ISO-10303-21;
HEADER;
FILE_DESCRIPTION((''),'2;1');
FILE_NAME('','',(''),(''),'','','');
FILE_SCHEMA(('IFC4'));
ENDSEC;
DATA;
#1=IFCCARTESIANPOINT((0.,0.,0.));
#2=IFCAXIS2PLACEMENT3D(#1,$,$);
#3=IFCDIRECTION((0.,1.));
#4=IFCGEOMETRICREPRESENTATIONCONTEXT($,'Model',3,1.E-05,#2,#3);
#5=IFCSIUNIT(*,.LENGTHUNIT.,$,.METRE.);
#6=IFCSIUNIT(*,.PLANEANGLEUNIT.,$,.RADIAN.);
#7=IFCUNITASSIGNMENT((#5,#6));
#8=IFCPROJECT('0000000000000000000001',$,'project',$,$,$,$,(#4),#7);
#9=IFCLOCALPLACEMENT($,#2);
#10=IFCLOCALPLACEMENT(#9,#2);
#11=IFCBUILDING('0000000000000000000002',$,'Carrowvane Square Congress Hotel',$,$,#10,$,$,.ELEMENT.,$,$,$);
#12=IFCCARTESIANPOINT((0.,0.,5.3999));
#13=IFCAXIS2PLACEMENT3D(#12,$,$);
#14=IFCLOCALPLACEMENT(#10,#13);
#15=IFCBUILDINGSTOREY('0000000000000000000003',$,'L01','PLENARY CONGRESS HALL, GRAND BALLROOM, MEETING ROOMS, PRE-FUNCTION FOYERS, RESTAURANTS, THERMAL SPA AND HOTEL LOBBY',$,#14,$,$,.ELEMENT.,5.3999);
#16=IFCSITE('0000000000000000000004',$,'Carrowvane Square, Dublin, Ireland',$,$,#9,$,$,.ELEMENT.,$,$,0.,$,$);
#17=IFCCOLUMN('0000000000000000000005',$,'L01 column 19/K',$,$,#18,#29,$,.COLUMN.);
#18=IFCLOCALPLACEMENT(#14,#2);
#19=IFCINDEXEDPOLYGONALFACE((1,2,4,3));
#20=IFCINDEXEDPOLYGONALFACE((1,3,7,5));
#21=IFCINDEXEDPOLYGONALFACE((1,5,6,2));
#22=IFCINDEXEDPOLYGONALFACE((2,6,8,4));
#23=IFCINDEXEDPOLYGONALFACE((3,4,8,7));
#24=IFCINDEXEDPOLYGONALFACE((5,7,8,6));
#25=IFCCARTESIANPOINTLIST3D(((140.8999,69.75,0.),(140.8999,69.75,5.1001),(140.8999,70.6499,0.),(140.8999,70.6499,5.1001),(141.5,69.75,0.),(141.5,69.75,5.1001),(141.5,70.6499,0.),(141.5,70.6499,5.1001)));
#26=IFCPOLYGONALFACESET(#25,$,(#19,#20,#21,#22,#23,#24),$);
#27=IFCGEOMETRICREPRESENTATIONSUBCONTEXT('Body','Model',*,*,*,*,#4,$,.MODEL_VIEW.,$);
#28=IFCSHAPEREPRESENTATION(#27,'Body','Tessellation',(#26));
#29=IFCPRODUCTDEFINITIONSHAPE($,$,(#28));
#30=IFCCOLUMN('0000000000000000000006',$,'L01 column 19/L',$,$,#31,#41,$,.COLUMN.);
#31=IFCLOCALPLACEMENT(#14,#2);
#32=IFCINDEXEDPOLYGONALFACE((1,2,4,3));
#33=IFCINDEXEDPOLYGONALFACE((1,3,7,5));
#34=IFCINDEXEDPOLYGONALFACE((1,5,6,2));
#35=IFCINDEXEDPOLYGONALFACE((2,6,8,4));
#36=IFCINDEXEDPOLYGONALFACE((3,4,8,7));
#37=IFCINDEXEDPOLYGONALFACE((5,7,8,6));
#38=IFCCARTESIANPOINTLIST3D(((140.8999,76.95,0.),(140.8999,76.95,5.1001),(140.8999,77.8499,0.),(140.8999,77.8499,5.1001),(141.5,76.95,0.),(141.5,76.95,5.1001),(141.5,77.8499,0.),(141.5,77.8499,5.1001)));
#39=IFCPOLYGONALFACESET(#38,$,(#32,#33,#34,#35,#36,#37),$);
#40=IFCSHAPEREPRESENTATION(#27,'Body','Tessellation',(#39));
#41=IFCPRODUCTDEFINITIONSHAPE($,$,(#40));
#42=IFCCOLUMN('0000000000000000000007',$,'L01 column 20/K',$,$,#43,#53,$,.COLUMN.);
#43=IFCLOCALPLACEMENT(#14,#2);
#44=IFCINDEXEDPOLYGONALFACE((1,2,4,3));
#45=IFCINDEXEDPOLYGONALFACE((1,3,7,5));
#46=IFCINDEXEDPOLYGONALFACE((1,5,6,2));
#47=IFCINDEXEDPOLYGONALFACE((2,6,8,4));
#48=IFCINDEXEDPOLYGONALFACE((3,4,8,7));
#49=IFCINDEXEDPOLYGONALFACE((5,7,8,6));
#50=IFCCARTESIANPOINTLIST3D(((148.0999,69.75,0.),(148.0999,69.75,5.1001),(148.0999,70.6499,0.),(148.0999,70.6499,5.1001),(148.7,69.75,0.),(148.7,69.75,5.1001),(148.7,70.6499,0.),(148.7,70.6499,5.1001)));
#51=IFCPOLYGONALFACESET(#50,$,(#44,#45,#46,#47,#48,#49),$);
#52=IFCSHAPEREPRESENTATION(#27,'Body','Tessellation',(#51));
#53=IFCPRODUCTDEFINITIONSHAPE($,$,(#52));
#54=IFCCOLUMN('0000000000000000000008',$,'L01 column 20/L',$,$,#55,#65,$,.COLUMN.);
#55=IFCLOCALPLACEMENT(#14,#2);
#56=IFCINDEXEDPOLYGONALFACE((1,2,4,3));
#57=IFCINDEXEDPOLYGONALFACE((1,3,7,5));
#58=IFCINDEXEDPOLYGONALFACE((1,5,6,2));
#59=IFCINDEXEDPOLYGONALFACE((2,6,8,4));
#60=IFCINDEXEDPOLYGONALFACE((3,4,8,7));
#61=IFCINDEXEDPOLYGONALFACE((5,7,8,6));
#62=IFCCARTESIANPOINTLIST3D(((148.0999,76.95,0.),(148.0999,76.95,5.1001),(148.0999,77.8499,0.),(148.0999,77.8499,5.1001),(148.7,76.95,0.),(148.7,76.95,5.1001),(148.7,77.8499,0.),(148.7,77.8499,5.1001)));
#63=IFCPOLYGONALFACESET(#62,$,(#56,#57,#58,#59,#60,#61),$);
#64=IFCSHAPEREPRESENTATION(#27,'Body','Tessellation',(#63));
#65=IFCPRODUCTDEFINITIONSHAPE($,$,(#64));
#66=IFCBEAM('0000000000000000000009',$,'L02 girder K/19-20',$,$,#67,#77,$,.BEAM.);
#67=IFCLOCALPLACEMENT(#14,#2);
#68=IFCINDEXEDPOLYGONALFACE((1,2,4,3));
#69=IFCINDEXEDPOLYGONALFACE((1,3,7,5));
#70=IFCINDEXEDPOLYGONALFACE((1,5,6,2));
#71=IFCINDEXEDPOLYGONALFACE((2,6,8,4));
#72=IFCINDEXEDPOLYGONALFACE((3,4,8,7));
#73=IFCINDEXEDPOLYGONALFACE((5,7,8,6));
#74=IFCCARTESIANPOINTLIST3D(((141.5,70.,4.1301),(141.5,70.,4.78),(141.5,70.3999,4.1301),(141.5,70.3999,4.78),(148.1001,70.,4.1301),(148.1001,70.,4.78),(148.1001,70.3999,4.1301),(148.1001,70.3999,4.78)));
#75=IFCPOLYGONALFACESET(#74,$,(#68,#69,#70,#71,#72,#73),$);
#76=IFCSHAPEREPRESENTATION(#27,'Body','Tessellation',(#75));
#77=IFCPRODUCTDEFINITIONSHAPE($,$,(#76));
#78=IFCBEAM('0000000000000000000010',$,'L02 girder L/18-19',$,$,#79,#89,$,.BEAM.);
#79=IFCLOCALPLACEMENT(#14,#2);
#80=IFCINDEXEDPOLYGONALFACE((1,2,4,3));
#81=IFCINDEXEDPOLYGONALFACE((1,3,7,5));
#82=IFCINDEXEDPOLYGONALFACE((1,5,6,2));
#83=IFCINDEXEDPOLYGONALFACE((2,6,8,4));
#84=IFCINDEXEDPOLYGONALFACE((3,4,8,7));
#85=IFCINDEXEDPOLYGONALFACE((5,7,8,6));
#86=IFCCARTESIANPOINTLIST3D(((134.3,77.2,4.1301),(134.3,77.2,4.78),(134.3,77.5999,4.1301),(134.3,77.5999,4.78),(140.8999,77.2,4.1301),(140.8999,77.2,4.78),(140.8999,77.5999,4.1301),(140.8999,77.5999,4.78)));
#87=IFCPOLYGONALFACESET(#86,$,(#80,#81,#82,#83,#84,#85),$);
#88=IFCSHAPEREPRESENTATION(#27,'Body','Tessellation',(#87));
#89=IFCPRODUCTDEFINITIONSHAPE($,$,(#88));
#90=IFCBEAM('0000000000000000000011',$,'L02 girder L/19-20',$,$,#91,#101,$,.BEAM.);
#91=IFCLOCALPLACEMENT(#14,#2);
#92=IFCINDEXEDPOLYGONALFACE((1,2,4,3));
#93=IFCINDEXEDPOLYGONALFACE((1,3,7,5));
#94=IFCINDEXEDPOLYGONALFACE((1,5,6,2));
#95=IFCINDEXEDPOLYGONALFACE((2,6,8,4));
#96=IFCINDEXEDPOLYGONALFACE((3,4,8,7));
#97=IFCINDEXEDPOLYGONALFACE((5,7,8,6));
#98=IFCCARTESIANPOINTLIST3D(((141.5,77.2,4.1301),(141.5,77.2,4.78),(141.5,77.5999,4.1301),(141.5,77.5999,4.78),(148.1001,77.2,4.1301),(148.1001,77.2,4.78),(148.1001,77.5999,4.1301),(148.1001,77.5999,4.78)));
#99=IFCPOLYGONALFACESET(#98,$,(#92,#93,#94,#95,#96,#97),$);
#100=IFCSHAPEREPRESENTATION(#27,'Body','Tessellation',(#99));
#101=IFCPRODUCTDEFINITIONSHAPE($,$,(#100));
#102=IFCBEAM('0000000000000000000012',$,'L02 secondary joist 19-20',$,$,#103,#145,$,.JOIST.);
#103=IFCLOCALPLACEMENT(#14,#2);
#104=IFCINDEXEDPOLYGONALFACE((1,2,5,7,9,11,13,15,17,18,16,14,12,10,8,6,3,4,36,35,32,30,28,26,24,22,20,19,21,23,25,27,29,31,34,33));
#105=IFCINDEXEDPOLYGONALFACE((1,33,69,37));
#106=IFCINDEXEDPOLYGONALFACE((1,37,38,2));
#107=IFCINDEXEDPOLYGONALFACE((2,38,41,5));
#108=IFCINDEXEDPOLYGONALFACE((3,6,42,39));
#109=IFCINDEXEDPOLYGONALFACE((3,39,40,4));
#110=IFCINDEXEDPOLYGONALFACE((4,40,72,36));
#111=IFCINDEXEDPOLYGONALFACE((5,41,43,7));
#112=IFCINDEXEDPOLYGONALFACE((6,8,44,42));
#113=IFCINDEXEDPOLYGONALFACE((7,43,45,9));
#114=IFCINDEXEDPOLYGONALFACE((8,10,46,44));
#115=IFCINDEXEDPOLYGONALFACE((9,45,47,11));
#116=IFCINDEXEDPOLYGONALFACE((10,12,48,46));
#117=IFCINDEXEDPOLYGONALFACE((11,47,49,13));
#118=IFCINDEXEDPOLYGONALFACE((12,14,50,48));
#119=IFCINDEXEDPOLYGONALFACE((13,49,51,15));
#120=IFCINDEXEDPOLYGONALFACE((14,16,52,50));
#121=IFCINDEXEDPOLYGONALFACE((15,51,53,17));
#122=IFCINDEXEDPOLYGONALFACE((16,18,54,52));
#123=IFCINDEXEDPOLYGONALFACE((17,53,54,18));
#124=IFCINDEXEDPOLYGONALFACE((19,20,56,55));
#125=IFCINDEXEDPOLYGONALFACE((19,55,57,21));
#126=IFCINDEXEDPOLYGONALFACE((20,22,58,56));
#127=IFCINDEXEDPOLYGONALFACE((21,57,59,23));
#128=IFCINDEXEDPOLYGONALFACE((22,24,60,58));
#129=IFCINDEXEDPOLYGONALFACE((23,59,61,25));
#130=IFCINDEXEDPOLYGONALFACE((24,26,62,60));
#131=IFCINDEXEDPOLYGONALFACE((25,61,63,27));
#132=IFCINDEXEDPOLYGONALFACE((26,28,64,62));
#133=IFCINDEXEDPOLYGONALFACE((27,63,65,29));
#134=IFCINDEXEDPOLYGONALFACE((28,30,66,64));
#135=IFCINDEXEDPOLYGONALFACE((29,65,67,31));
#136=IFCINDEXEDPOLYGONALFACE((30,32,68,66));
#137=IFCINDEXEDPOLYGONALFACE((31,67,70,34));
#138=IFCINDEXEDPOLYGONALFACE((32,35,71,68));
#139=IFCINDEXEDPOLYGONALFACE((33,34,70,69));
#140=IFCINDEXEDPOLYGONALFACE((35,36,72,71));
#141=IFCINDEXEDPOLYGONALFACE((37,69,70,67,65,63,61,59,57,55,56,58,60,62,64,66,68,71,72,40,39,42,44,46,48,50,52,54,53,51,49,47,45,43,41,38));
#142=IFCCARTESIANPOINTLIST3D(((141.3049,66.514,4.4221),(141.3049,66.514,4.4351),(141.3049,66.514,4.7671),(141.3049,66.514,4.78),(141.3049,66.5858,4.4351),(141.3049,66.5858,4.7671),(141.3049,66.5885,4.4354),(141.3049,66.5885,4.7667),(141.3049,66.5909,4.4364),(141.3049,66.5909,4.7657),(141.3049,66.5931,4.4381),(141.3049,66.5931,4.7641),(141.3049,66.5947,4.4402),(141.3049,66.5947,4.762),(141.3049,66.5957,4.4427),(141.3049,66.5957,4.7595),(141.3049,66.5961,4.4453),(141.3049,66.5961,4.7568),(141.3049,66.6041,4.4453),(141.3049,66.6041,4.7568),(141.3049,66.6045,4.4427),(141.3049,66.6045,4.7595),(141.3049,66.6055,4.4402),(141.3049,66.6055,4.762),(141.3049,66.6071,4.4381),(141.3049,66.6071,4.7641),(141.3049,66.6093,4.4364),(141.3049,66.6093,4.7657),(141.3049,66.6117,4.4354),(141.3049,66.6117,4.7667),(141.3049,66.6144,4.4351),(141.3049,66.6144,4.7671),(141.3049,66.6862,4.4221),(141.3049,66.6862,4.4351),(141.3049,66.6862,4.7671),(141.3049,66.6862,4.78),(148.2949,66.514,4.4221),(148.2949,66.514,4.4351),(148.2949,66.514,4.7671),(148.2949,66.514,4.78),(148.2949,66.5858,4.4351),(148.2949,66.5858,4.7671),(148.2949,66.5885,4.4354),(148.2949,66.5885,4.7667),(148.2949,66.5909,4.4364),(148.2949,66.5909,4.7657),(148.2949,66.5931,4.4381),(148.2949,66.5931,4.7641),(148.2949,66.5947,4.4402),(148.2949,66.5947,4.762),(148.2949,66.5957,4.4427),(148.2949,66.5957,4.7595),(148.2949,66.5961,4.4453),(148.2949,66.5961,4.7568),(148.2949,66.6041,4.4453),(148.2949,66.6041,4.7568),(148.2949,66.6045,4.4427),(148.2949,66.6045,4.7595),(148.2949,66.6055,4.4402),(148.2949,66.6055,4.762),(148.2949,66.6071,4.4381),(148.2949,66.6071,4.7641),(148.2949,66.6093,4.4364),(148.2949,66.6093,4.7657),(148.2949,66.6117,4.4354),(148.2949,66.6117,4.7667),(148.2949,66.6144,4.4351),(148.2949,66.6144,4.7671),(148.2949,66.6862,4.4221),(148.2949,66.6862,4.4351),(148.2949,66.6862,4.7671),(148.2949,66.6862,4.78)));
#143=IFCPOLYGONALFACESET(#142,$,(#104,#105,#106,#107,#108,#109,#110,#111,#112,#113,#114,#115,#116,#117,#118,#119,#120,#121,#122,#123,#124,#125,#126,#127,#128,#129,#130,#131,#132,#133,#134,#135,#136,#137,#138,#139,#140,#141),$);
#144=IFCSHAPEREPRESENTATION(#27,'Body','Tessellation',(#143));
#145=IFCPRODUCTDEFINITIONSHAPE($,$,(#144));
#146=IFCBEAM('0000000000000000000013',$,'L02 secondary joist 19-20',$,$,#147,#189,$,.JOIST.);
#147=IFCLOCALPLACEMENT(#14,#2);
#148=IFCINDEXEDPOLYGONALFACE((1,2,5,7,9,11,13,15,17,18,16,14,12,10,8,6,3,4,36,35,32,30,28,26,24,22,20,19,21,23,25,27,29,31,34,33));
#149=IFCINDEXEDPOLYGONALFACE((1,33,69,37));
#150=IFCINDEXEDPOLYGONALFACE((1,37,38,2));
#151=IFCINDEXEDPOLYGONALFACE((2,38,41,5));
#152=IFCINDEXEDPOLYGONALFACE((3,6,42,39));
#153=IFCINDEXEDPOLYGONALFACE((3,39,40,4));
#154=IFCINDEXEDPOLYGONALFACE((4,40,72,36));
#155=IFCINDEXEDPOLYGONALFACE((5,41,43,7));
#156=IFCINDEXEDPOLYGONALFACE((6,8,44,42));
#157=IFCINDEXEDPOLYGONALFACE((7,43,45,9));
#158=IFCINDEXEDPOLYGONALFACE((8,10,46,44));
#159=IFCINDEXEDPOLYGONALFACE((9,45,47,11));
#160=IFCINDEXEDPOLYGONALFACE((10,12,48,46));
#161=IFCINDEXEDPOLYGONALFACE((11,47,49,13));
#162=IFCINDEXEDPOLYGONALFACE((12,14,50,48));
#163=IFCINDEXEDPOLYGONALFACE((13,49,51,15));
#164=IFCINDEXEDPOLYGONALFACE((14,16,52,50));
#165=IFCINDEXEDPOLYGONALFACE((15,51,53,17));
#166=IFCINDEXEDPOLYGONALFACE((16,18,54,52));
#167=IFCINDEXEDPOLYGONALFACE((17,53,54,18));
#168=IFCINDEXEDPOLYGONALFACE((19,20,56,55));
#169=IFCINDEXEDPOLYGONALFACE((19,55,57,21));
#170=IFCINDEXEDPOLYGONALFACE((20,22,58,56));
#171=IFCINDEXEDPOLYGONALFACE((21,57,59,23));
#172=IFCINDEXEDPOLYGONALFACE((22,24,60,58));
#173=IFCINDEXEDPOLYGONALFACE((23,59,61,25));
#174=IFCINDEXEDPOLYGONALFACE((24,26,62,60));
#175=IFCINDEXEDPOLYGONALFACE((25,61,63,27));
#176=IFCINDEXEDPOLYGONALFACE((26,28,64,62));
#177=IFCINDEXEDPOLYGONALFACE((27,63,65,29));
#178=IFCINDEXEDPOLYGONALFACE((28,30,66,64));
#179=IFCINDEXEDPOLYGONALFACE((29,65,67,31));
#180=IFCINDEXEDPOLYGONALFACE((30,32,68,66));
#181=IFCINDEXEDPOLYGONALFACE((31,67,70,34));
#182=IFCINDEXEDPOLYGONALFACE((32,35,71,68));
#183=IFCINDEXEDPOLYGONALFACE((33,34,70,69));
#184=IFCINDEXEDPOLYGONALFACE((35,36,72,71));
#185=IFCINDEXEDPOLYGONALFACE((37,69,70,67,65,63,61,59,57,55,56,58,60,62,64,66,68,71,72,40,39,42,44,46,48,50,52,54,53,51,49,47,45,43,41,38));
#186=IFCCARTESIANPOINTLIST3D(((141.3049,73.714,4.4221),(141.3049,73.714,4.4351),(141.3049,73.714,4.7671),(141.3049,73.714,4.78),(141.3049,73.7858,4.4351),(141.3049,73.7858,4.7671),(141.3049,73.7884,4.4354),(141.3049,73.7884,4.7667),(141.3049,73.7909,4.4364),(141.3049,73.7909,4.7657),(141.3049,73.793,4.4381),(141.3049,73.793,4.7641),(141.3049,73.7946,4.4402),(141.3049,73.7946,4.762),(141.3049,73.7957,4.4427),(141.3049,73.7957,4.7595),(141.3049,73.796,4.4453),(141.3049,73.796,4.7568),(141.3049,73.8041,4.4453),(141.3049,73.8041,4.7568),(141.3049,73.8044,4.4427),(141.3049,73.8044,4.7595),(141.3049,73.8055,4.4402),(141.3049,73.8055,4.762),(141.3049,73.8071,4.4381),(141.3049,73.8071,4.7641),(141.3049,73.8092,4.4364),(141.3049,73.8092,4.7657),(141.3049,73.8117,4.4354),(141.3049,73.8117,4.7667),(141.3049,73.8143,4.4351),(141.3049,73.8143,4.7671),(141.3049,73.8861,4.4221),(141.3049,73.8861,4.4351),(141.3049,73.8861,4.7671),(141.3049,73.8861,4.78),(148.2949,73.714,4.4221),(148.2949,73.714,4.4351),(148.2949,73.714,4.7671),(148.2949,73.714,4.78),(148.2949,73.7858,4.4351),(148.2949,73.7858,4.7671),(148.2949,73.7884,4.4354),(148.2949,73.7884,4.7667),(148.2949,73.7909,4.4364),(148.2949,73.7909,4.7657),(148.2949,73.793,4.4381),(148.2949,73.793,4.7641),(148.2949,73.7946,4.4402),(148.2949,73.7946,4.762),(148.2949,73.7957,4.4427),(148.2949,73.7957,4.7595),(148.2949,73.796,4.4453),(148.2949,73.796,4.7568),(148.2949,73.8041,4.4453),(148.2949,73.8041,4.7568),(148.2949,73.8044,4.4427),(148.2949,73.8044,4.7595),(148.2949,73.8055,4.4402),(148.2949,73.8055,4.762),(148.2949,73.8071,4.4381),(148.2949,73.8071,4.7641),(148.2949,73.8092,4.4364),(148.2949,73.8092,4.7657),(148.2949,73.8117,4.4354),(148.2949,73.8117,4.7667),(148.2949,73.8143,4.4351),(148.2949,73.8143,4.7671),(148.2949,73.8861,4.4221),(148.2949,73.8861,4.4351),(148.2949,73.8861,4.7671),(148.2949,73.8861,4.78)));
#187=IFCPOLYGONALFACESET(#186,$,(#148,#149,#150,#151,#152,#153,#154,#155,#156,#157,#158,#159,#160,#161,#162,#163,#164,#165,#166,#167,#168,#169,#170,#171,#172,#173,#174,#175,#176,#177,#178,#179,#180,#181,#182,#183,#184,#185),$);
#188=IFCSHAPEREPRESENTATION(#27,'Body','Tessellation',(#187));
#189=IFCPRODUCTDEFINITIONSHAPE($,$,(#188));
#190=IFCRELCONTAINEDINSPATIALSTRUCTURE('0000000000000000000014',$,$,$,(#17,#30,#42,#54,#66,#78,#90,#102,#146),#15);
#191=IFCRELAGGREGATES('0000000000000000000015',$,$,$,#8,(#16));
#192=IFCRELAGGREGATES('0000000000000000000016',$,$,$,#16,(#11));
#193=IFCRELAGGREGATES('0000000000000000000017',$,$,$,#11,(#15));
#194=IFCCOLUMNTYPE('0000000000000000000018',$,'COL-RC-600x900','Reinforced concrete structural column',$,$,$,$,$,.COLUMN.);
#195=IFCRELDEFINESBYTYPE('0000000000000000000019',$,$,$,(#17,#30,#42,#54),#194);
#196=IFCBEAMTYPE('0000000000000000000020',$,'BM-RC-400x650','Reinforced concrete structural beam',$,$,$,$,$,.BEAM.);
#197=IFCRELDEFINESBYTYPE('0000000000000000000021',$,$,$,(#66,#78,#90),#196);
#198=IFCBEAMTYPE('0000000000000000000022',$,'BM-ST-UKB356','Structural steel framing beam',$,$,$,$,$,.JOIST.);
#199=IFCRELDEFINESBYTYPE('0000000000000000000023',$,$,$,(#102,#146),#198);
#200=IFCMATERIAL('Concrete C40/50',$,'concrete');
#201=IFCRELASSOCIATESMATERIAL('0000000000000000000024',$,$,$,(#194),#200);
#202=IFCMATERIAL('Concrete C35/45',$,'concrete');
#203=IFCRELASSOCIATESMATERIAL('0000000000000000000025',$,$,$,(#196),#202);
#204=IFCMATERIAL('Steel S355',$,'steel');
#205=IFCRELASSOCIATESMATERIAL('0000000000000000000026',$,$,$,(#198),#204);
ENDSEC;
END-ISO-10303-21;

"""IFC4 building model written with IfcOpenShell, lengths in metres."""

from ifc_helpers import new_model, si_unit, direction, frame, origin, origin_2d, place, context, subcontext, project, spatial, rectangle, i_section, extrude, material, material_profile, profile_set, type_object, element, save


model = new_model("IFC4")

# Units and contexts
model_context = context("Model", 3, precision=1e-05, world=origin(), true_north=direction((0.0, 1.0)))
body_context = subcontext(model_context, "Body", "Model", "MODEL_VIEW")
ifc_project = project(units=[si_unit("LENGTHUNIT", "METRE"), si_unit("PLANEANGLEUNIT", "RADIAN")], contexts=[model_context])

# Site, building, storey
site_placement = place(None, origin())
site = spatial("IfcSite", under=ifc_project, at=site_placement, Name="Carrowvane Square, Dublin, Ireland", CompositionType="ELEMENT", RefElevation=0.0)
building_placement = place(site_placement, origin())
building = spatial("IfcBuilding", under=site, at=building_placement, Name="Carrowvane Square Congress Hotel", CompositionType="ELEMENT")
storey_placement = place(building_placement, frame((0.0, 0.0, 5.3999)))
storey = spatial("IfcBuildingStorey", under=building, at=storey_placement, Name="L01", Description="PLENARY CONGRESS HALL, GRAND BALLROOM, MEETING ROOMS, PRE-FUNCTION FOYERS, RESTAURANTS, THERMAL SPA AND HOTEL LOBBY", CompositionType="ELEMENT", Elevation=5.3999)

# Columns
ifc_material_1 = material(Name="Concrete C40/50", Category="concrete")
ifc_material_profile_1 = material_profile(ifc_material_1, rectangle(XDim=0.6001, YDim=0.8999, at=origin_2d()), Name="RC 600x900")
ifc_profile_set_1 = profile_set([ifc_material_profile_1], Name="Concrete C40/50")
column_type = type_object("IfcColumnType", Name="COL-RC-600x900", Description="Reinforced concrete structural column", PredefinedType="COLUMN", material=ifc_profile_set_1)
for number, where, z_axis, x_axis, name in (
    (1, (141.2, 70.2, 0.0), (0.0, 0.0, 1.0), (1.0, 0.0, 0.0), "L01 column 19/K"),
    (2, (141.2, 77.3999, 0.0), (0.0, 0.0, 1.0), (1.0, 0.0, 0.0), "L01 column 19/L"),
    (3, (148.3999, 70.2, 0.0), (0.0, 0.0, 1.0), (1.0, 0.0, 0.0), "L01 column 20/K"),
    (4, (148.3999, 77.3999, 0.0), (0.0, 0.0, 1.0), (1.0, 0.0, 0.0), "L01 column 20/L"),
):
    element("IfcColumn", number, at=place(storey_placement, frame(where, z_axis=z_axis, x_axis=x_axis)), inside=storey, type_object=column_type, Name=name, PredefinedType="COLUMN", context=body_context, shape_type="SweptSolid", body=[
        extrude(rectangle(XDim=0.6001, YDim=0.8999, at=origin_2d()), origin(), (0.0, 0.0, 1.0), 5.1001),
    ])

# Beams
ifc_material_2 = material(Name="Concrete C35/45", Category="concrete")
ifc_material_profile_2 = material_profile(ifc_material_2, rectangle(XDim=0.3999, YDim=0.6499, at=origin_2d()), Name="RC 400x650")
ifc_profile_set_2 = profile_set([ifc_material_profile_2], Name="Concrete C35/45")
beam_type_1 = type_object("IfcBeamType", Name="BM-RC-400x650", Description="Reinforced concrete structural beam", PredefinedType="BEAM", material=ifc_profile_set_2)
beam_1_placement = place(storey_placement, frame((141.5, 70.2, 4.4551), z_axis=(1.0, 0.0, 0.0), x_axis=(0.0, 1.0, 0.0)))
element("IfcBeam", 5, at=beam_1_placement, inside=storey, type_object=beam_type_1, Name="L02 girder K/19-20", PredefinedType="BEAM", context=body_context, shape_type="SweptSolid", body=[
    extrude(rectangle(XDim=0.3999, YDim=0.6499, at=origin_2d()), origin(), (0.0, 0.0, 1.0), 6.6001),
])
beam_2_placement = place(storey_placement, frame((134.3, 77.3999, 4.4551), z_axis=(1.0, 0.0, 0.0), x_axis=(0.0, 1.0, 0.0)))
element("IfcBeam", 6, at=beam_2_placement, inside=storey, type_object=beam_type_1, Name="L02 girder L/18-19", PredefinedType="BEAM", context=body_context, shape_type="SweptSolid", body=[
    extrude(rectangle(XDim=0.3999, YDim=0.6499, at=origin_2d()), origin(), (0.0, 0.0, 1.0), 6.5999),
])
beam_3_placement = place(storey_placement, frame((141.5, 77.3999, 4.4551), z_axis=(1.0, 0.0, 0.0), x_axis=(0.0, 1.0, 0.0)))
element("IfcBeam", 7, at=beam_3_placement, inside=storey, type_object=beam_type_1, Name="L02 girder L/19-20", PredefinedType="BEAM", context=body_context, shape_type="SweptSolid", body=[
    extrude(rectangle(XDim=0.3999, YDim=0.6499, at=origin_2d()), origin(), (0.0, 0.0, 1.0), 6.6001),
])
ifc_material_3 = material(Name="Steel S355", Category="steel")
ifc_material_profile_3 = material_profile(ifc_material_3, i_section(OverallWidth=0.1721, OverallDepth=0.3579, WebThickness=0.0081, FlangeThickness=0.0129, FilletRadius=0.0103, at=origin_2d()), Name="UKB 356x171x57")
ifc_profile_set_3 = profile_set([ifc_material_profile_3], Name="Steel S355")
beam_type_2 = type_object("IfcBeamType", Name="BM-ST-UKB356", Description="Structural steel framing beam", PredefinedType="JOIST", material=ifc_profile_set_3)
for number, where, z_axis, x_axis, name in (
    (8, (141.3049, 66.6001, 4.6011), (1.0, 0.0, 0.0), (0.0, 1.0, 0.0), "L02 secondary joist 19-20"),
    (9, (141.3049, 73.8, 4.6011), (1.0, 0.0, 0.0), (0.0, 1.0, 0.0), "L02 secondary joist 19-20"),
):
    element("IfcBeam", number, at=place(storey_placement, frame(where, z_axis=z_axis, x_axis=x_axis)), inside=storey, type_object=beam_type_2, Name=name, PredefinedType="JOIST", context=body_context, shape_type="SweptSolid", body=[
        extrude(i_section(OverallWidth=0.1721, OverallDepth=0.3579, WebThickness=0.0081, FlangeThickness=0.0129, FilletRadius=0.0103, at=origin_2d()), origin(), (0.0, 0.0, 1.0), 6.99),
    ])

save(model, "model.ifc")
